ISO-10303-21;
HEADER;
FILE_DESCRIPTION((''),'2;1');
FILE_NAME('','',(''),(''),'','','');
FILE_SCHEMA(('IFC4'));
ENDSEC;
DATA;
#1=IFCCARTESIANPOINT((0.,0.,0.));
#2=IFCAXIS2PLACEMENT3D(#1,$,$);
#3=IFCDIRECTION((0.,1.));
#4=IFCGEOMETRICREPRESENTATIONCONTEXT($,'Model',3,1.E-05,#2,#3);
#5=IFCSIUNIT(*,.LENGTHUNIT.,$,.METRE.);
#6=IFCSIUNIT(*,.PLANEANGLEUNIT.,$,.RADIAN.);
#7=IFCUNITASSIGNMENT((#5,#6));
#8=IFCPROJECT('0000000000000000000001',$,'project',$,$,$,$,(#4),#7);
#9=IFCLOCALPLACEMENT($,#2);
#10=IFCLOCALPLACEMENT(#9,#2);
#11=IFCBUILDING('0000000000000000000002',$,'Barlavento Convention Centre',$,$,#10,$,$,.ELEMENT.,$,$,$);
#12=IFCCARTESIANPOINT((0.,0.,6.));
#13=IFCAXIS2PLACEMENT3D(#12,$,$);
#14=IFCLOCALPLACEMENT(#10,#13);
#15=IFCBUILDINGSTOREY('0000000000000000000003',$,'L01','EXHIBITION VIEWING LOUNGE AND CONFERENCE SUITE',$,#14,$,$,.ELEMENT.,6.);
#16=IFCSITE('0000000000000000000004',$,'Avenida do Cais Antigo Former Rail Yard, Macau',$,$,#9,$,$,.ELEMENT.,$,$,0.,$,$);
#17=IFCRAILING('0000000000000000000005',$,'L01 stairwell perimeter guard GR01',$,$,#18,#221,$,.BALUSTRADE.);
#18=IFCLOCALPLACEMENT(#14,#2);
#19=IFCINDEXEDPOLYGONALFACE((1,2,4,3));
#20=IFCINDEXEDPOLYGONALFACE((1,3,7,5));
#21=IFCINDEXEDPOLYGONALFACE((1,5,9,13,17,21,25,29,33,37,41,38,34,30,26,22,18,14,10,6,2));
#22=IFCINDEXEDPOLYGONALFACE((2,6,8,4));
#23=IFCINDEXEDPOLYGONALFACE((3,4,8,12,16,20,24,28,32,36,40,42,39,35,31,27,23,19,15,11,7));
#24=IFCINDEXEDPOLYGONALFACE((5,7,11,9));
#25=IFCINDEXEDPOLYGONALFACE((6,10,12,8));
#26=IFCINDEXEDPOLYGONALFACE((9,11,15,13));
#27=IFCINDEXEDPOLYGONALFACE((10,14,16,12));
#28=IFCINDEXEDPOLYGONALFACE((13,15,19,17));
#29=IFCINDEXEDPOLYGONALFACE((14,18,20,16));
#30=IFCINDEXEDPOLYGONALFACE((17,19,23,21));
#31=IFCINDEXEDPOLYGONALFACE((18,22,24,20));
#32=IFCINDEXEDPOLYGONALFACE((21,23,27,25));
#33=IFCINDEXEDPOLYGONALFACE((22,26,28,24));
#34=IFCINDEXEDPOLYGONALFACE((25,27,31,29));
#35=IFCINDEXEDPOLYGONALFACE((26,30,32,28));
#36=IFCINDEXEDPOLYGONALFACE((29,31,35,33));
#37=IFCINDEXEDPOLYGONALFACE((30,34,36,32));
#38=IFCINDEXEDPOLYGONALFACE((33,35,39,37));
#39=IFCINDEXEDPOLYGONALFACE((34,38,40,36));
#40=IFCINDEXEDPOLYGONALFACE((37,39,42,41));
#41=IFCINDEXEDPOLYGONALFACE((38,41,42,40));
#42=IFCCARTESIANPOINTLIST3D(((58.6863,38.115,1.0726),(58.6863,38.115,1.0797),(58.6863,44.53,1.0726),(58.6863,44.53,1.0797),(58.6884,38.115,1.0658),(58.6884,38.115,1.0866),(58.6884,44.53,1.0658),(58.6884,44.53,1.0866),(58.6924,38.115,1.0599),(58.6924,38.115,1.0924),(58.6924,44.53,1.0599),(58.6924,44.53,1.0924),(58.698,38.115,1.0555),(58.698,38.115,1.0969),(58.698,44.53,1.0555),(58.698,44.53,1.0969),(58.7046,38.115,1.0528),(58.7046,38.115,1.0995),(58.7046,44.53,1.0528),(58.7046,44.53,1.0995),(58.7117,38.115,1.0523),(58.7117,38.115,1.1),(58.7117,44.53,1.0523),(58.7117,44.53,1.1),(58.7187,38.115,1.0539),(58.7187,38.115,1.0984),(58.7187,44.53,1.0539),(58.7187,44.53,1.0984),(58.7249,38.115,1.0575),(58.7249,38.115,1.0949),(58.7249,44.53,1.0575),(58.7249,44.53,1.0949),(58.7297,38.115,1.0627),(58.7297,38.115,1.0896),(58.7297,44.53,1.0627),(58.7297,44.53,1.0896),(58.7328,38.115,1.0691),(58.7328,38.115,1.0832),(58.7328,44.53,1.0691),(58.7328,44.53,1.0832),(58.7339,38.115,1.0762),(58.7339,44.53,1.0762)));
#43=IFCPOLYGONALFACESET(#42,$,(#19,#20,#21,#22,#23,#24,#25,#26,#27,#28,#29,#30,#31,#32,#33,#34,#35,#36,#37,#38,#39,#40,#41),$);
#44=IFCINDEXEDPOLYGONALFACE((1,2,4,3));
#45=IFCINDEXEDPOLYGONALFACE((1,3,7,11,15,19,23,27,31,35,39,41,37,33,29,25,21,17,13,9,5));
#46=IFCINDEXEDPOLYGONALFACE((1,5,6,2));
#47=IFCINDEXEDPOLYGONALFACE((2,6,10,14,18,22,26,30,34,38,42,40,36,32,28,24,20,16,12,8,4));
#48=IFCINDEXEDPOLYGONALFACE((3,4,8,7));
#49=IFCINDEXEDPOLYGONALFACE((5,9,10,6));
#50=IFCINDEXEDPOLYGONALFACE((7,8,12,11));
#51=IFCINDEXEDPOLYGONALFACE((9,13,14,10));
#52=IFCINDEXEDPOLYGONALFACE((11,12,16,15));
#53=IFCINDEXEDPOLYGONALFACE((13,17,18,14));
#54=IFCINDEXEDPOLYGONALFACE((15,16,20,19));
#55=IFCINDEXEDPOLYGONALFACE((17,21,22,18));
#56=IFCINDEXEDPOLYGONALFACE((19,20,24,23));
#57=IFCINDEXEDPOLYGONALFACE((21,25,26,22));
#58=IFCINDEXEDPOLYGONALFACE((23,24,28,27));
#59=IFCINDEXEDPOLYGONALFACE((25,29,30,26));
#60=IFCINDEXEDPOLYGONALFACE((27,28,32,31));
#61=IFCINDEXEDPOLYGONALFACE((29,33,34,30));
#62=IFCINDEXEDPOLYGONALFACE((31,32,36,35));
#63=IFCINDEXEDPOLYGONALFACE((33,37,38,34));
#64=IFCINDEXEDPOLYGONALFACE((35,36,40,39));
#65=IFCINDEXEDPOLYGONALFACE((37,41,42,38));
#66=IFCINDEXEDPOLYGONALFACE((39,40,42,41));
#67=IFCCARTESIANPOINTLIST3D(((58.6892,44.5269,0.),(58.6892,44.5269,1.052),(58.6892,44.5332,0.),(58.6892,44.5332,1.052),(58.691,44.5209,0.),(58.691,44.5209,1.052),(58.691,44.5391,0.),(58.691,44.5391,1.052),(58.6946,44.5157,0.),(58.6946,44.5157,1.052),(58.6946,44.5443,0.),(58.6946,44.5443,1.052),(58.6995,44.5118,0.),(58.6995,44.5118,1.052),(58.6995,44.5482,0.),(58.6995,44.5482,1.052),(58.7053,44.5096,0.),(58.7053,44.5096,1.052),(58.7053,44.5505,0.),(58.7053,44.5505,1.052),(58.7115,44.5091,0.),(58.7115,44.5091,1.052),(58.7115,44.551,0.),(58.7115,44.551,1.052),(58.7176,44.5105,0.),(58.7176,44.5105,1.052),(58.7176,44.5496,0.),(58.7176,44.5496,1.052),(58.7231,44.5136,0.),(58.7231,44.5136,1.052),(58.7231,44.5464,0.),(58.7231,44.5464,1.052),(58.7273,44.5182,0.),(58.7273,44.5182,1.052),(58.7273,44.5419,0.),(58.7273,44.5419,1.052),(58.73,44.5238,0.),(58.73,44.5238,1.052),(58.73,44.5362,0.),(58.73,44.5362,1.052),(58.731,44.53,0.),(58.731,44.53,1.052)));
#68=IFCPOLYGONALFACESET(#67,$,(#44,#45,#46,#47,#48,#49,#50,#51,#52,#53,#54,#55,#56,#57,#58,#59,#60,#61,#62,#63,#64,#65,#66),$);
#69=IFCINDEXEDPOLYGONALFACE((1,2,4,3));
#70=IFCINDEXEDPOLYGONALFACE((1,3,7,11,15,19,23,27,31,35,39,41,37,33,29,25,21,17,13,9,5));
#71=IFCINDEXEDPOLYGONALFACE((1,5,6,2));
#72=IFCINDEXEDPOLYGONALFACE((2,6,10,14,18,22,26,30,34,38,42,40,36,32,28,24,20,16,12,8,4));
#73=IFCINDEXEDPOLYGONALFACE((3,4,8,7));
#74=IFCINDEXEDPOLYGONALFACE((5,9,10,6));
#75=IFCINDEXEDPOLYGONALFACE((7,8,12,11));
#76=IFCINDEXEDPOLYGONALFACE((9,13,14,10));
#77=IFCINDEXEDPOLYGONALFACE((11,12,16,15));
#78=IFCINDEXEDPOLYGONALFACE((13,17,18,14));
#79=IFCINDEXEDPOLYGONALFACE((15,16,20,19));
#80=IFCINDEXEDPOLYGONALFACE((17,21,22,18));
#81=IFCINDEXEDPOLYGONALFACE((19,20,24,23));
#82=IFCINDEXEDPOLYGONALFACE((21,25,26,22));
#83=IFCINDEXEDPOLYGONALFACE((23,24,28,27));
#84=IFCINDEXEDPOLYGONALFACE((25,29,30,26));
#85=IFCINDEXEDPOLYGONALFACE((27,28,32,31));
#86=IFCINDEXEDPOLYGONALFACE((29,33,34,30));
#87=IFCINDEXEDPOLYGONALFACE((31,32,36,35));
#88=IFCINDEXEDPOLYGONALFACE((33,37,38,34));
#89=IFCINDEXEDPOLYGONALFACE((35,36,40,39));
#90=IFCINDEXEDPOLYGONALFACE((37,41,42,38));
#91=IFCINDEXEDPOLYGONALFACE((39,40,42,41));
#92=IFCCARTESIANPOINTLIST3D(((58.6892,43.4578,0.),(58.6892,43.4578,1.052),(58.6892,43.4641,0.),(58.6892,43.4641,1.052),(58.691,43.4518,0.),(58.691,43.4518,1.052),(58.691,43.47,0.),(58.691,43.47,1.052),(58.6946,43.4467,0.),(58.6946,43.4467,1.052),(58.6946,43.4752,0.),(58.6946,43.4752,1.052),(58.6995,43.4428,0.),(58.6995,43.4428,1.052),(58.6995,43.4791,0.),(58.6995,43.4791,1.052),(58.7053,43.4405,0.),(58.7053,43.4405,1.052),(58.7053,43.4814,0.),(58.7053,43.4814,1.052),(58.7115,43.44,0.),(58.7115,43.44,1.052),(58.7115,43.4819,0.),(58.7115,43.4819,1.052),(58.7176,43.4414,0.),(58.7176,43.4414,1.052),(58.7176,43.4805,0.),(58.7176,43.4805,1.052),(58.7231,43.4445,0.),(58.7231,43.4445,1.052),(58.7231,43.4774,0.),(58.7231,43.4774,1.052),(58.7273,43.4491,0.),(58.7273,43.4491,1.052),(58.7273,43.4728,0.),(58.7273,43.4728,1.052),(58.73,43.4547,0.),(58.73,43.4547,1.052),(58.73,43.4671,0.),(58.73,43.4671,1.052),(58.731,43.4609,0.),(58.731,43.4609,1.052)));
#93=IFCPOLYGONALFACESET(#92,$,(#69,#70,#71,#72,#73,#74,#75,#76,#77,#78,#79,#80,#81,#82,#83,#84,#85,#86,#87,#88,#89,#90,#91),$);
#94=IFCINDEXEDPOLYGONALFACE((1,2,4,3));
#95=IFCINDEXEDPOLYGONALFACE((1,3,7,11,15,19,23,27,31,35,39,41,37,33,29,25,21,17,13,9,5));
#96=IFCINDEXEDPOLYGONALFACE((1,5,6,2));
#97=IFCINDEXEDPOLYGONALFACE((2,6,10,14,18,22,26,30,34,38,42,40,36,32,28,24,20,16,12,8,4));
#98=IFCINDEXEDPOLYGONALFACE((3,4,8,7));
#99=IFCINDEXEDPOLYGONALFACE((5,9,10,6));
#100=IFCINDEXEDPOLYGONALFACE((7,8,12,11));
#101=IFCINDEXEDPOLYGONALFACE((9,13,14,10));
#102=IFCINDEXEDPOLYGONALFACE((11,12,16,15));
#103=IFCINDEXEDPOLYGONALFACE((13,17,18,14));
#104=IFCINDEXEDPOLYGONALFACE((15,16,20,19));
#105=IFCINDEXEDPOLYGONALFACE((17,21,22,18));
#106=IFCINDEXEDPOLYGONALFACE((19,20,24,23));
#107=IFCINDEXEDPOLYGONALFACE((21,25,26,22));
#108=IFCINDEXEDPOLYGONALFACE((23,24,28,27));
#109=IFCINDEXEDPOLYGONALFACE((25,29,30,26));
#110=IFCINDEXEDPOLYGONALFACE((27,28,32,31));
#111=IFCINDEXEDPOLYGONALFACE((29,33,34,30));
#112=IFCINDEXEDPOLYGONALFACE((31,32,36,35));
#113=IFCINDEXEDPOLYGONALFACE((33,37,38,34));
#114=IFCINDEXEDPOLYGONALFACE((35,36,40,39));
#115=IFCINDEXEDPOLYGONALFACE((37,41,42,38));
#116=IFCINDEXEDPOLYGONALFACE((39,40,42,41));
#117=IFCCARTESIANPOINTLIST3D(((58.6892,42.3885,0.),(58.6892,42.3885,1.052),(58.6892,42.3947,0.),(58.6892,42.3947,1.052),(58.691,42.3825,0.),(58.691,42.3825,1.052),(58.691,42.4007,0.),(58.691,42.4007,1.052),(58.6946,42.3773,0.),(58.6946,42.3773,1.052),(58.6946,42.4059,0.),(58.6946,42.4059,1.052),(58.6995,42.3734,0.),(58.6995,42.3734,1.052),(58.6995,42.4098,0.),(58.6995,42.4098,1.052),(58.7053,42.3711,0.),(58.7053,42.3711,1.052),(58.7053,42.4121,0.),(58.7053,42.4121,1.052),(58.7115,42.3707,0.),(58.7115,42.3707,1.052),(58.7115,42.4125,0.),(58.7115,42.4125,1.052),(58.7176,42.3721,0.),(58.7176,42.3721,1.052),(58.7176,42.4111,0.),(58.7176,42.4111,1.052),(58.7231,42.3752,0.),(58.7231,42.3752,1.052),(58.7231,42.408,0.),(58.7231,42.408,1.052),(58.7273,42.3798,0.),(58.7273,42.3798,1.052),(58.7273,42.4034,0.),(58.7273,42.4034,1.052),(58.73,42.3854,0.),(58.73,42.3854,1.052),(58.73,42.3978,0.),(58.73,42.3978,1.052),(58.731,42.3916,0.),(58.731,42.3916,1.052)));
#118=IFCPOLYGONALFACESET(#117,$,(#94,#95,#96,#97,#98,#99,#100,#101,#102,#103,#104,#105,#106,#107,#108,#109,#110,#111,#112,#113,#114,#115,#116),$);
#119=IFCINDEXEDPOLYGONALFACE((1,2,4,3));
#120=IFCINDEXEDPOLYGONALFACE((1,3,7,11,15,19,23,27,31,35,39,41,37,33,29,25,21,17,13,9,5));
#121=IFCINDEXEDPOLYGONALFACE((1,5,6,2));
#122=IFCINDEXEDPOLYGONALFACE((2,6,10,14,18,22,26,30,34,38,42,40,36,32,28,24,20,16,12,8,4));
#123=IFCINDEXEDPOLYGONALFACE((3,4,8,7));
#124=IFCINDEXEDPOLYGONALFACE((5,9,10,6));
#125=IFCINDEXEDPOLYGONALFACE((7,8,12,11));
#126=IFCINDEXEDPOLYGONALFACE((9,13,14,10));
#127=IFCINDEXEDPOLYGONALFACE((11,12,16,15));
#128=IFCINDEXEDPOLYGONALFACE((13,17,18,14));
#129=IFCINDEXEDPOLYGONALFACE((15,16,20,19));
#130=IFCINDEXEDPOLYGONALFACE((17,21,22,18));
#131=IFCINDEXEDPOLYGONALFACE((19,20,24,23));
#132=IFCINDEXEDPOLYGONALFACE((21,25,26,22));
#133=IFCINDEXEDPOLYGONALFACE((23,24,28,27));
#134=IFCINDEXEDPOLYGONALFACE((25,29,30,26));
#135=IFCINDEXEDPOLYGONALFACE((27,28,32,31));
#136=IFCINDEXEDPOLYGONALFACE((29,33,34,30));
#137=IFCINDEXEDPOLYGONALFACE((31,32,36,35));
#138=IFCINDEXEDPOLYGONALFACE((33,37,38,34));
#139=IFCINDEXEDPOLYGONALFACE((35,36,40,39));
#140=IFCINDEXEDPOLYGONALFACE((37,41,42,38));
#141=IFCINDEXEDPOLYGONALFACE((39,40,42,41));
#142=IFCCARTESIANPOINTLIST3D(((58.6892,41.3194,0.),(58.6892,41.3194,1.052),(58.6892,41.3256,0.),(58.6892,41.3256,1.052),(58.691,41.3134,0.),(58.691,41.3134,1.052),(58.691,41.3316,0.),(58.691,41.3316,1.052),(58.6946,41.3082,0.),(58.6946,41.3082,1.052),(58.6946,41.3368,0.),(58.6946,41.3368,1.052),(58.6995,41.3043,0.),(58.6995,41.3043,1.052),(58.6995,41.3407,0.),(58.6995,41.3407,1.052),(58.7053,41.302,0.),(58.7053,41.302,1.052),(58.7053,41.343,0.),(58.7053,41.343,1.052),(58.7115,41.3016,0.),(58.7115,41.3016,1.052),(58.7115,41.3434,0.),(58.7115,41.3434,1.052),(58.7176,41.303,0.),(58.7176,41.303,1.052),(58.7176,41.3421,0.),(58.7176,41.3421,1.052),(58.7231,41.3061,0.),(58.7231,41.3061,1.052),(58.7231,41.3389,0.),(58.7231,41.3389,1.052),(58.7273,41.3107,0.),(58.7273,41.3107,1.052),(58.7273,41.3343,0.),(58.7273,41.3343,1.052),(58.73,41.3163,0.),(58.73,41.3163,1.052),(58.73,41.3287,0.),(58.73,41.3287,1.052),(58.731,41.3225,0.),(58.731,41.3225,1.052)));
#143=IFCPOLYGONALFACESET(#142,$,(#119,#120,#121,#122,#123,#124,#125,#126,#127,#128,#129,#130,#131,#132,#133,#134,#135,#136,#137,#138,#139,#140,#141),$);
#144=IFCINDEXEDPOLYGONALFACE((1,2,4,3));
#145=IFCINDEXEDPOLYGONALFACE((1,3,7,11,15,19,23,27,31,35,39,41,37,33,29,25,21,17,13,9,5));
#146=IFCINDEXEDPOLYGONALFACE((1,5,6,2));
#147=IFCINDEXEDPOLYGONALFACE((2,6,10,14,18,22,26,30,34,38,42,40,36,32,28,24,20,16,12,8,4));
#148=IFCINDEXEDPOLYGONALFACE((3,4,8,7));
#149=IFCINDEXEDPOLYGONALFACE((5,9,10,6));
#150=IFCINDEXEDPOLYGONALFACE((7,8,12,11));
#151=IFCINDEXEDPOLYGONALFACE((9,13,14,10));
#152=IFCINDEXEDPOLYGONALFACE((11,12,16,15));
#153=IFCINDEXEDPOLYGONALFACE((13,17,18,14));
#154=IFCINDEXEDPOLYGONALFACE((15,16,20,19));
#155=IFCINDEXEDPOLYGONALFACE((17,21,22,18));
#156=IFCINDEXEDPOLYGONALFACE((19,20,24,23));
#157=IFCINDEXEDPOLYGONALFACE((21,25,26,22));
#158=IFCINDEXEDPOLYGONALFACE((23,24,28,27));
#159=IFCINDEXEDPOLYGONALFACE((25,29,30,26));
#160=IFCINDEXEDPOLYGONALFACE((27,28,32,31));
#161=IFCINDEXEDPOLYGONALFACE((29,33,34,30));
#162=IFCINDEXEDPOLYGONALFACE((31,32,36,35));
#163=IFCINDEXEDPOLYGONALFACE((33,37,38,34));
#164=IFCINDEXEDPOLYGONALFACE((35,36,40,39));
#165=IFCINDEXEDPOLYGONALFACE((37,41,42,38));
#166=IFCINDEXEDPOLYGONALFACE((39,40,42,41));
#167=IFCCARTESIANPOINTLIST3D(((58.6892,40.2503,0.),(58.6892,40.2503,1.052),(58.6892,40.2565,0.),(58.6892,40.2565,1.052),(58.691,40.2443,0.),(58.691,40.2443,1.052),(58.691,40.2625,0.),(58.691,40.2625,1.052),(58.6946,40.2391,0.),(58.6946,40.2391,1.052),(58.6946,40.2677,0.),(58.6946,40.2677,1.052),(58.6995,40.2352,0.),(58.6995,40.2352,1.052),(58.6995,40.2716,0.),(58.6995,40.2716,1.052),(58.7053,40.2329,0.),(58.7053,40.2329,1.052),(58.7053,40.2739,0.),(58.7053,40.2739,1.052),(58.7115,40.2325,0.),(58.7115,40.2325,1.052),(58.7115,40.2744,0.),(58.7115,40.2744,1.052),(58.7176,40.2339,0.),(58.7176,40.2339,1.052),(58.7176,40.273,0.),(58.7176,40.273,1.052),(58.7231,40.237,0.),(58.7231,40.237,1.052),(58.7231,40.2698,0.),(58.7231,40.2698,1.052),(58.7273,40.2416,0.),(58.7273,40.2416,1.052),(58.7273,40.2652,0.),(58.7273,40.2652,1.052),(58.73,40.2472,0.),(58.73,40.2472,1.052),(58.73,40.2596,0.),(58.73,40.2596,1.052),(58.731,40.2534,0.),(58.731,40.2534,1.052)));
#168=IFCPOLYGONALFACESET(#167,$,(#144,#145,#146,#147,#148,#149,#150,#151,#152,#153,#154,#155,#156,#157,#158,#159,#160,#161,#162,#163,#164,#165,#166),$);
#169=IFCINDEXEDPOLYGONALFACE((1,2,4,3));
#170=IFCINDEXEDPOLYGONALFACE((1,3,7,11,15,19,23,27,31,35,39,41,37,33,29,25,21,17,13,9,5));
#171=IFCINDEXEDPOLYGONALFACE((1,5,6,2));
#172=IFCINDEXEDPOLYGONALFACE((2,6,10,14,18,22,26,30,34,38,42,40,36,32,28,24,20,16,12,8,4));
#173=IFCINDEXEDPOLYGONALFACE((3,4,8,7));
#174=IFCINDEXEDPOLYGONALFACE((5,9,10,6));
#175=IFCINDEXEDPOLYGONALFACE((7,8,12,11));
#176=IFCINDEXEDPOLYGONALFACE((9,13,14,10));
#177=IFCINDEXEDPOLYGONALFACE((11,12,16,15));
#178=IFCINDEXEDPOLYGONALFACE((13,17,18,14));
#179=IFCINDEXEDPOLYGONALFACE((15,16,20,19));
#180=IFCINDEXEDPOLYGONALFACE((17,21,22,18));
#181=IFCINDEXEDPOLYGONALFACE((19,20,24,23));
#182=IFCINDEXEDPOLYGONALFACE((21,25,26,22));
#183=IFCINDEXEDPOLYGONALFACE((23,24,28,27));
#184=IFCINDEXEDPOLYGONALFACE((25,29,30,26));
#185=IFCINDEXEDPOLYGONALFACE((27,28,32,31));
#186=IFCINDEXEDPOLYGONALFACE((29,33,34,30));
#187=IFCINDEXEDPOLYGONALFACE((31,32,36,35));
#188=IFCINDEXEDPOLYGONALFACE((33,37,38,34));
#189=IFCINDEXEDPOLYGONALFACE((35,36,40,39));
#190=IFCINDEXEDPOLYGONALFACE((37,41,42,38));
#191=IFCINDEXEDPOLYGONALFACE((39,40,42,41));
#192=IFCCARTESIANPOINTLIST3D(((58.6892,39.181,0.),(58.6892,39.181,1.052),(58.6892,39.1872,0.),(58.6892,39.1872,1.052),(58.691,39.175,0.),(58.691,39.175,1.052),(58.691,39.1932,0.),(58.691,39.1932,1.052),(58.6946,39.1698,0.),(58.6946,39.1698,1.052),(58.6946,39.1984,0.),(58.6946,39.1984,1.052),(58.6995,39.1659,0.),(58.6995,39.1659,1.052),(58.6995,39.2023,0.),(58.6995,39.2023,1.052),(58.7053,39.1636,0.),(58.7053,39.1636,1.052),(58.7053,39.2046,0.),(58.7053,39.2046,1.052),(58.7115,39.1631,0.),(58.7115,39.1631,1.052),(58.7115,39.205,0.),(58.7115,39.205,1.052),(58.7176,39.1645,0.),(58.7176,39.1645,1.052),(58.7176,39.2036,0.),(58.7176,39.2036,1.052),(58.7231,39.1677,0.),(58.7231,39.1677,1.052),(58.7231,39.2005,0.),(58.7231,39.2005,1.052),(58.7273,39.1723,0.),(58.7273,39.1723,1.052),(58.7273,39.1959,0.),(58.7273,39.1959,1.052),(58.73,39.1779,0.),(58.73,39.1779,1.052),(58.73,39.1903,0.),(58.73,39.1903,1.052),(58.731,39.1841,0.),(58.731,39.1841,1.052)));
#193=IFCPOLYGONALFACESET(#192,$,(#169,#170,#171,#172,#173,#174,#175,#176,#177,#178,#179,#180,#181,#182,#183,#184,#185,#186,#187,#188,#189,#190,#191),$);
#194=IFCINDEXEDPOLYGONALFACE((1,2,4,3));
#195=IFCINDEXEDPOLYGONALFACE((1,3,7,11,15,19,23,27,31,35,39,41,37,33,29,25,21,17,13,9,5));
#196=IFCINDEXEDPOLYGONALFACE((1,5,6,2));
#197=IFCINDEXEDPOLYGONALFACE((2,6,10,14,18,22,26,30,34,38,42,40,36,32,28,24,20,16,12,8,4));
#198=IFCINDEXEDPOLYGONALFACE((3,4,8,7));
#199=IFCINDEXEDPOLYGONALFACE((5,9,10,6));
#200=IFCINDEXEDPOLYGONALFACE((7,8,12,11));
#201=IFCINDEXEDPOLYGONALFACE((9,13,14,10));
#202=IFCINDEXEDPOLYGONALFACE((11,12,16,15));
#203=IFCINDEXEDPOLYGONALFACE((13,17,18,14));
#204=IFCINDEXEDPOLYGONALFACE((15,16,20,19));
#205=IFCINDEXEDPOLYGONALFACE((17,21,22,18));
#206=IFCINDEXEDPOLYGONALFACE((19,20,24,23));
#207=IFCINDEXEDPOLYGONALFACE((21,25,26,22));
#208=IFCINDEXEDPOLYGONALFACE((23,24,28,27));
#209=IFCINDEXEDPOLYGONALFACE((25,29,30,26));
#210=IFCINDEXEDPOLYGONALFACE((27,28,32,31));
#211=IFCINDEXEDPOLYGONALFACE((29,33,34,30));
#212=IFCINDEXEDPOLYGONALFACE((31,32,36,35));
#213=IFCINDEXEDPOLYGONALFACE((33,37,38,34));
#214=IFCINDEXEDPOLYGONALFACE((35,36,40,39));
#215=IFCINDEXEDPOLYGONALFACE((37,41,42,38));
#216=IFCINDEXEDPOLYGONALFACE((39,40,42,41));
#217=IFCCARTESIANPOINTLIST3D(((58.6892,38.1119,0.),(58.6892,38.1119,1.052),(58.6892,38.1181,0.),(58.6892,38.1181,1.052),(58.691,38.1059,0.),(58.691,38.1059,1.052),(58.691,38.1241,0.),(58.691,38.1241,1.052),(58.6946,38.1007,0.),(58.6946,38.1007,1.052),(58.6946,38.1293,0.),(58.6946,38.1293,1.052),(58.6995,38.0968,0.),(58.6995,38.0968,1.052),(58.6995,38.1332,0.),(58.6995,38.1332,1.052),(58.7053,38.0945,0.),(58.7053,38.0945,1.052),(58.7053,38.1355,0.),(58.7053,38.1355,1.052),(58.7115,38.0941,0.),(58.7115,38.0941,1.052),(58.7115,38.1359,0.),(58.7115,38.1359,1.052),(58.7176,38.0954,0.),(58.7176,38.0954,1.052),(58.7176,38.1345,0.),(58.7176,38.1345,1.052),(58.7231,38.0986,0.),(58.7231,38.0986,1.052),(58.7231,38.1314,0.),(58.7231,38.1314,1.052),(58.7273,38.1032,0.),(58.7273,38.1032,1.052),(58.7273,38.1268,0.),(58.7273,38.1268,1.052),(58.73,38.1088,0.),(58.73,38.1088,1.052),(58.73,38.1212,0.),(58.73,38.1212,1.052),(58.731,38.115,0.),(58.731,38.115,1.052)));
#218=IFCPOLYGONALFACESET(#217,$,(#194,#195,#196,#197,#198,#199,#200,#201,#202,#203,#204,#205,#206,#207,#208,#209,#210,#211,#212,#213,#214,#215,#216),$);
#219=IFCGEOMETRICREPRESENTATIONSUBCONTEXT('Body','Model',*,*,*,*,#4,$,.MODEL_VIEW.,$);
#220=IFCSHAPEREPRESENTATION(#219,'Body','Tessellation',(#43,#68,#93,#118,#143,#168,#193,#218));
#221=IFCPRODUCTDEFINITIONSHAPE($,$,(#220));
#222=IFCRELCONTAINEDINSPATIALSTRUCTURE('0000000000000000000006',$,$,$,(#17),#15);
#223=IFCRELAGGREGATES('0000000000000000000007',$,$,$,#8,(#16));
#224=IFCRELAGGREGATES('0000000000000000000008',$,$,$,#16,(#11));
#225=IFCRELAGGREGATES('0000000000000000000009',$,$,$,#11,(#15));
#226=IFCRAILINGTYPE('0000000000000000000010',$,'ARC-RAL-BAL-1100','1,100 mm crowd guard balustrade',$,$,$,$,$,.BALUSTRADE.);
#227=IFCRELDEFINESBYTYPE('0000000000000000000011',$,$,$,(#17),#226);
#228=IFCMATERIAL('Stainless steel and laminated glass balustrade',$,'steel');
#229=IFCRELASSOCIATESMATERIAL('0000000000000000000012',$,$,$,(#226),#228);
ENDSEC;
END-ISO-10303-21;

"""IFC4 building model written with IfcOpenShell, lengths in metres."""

from ifc_helpers import new_model, si_unit, direction, frame, origin, origin_2d, place, context, subcontext, project, spatial, circle, extrude, material, type_object, element, save


model = new_model("IFC4")

# Units and contexts
model_context = context("Model", 3, precision=1e-05, world=origin(), true_north=direction((0.0, 1.0)))
body_context = subcontext(model_context, "Body", "Model", "MODEL_VIEW")
ifc_project = project(units=[si_unit("LENGTHUNIT", "METRE"), si_unit("PLANEANGLEUNIT", "RADIAN")], contexts=[model_context])

# Site, building, storey
site_placement = place(None, origin())
site = spatial("IfcSite", under=ifc_project, at=site_placement, Name="Avenida do Cais Antigo Former Rail Yard, Macau", CompositionType="ELEMENT", RefElevation=0.0)
building_placement = place(site_placement, origin())
building = spatial("IfcBuilding", under=site, at=building_placement, Name="Barlavento Convention Centre", CompositionType="ELEMENT")
storey_placement = place(building_placement, frame((0.0, 0.0, 6.0)))
storey = spatial("IfcBuildingStorey", under=building, at=storey_placement, Name="L01", Description="EXHIBITION VIEWING LOUNGE AND CONFERENCE SUITE", CompositionType="ELEMENT", Elevation=6.0)

# Railing
ifc_material_1 = material(Name="Stainless steel and laminated glass balustrade", Category="steel")
railing_type_1 = type_object("IfcRailingType", Name="ARC-RAL-BAL-1100", Description="1,100 mm crowd guard balustrade", PredefinedType="BALUSTRADE", material=ifc_material_1)
railing_1_placement = place(storey_placement, frame((58.71, 44.53, 0.0)))
element("IfcRailing", 1, at=railing_1_placement, inside=storey, type_object=railing_type_1, Name="L01 stairwell perimeter guard GR01", PredefinedType="BALUSTRADE", context=body_context, shape_type="SweptSolid", body=[
    extrude(circle(Radius=0.0239, at=origin_2d()), frame((0.0, 0.0, 1.0762), z_axis=(0.0, -1.0, 0.0), x_axis=(1.0, 0.0, 0.0)), (0.0, 0.0, 1.0), 6.415),
    extrude(circle(Radius=0.021, at=origin_2d()), origin(), (0.0, 0.0, 1.0), 1.052),
    extrude(circle(Radius=0.021, at=origin_2d()), frame((0.0, -1.0691, 0.0)), (0.0, 0.0, 1.0), 1.052),
    extrude(circle(Radius=0.021, at=origin_2d()), frame((0.0, -2.1384, 0.0)), (0.0, 0.0, 1.0), 1.052),
    extrude(circle(Radius=0.021, at=origin_2d()), frame((0.0, -3.2075, 0.0)), (0.0, 0.0, 1.0), 1.052),
    extrude(circle(Radius=0.021, at=origin_2d()), frame((0.0, -4.2766, 0.0)), (0.0, 0.0, 1.0), 1.052),
    extrude(circle(Radius=0.021, at=origin_2d()), frame((0.0, -5.3459, 0.0)), (0.0, 0.0, 1.0), 1.052),
    extrude(circle(Radius=0.021, at=origin_2d()), frame((0.0, -6.415, 0.0)), (0.0, 0.0, 1.0), 1.052),
])

save(model, "model.ifc")
